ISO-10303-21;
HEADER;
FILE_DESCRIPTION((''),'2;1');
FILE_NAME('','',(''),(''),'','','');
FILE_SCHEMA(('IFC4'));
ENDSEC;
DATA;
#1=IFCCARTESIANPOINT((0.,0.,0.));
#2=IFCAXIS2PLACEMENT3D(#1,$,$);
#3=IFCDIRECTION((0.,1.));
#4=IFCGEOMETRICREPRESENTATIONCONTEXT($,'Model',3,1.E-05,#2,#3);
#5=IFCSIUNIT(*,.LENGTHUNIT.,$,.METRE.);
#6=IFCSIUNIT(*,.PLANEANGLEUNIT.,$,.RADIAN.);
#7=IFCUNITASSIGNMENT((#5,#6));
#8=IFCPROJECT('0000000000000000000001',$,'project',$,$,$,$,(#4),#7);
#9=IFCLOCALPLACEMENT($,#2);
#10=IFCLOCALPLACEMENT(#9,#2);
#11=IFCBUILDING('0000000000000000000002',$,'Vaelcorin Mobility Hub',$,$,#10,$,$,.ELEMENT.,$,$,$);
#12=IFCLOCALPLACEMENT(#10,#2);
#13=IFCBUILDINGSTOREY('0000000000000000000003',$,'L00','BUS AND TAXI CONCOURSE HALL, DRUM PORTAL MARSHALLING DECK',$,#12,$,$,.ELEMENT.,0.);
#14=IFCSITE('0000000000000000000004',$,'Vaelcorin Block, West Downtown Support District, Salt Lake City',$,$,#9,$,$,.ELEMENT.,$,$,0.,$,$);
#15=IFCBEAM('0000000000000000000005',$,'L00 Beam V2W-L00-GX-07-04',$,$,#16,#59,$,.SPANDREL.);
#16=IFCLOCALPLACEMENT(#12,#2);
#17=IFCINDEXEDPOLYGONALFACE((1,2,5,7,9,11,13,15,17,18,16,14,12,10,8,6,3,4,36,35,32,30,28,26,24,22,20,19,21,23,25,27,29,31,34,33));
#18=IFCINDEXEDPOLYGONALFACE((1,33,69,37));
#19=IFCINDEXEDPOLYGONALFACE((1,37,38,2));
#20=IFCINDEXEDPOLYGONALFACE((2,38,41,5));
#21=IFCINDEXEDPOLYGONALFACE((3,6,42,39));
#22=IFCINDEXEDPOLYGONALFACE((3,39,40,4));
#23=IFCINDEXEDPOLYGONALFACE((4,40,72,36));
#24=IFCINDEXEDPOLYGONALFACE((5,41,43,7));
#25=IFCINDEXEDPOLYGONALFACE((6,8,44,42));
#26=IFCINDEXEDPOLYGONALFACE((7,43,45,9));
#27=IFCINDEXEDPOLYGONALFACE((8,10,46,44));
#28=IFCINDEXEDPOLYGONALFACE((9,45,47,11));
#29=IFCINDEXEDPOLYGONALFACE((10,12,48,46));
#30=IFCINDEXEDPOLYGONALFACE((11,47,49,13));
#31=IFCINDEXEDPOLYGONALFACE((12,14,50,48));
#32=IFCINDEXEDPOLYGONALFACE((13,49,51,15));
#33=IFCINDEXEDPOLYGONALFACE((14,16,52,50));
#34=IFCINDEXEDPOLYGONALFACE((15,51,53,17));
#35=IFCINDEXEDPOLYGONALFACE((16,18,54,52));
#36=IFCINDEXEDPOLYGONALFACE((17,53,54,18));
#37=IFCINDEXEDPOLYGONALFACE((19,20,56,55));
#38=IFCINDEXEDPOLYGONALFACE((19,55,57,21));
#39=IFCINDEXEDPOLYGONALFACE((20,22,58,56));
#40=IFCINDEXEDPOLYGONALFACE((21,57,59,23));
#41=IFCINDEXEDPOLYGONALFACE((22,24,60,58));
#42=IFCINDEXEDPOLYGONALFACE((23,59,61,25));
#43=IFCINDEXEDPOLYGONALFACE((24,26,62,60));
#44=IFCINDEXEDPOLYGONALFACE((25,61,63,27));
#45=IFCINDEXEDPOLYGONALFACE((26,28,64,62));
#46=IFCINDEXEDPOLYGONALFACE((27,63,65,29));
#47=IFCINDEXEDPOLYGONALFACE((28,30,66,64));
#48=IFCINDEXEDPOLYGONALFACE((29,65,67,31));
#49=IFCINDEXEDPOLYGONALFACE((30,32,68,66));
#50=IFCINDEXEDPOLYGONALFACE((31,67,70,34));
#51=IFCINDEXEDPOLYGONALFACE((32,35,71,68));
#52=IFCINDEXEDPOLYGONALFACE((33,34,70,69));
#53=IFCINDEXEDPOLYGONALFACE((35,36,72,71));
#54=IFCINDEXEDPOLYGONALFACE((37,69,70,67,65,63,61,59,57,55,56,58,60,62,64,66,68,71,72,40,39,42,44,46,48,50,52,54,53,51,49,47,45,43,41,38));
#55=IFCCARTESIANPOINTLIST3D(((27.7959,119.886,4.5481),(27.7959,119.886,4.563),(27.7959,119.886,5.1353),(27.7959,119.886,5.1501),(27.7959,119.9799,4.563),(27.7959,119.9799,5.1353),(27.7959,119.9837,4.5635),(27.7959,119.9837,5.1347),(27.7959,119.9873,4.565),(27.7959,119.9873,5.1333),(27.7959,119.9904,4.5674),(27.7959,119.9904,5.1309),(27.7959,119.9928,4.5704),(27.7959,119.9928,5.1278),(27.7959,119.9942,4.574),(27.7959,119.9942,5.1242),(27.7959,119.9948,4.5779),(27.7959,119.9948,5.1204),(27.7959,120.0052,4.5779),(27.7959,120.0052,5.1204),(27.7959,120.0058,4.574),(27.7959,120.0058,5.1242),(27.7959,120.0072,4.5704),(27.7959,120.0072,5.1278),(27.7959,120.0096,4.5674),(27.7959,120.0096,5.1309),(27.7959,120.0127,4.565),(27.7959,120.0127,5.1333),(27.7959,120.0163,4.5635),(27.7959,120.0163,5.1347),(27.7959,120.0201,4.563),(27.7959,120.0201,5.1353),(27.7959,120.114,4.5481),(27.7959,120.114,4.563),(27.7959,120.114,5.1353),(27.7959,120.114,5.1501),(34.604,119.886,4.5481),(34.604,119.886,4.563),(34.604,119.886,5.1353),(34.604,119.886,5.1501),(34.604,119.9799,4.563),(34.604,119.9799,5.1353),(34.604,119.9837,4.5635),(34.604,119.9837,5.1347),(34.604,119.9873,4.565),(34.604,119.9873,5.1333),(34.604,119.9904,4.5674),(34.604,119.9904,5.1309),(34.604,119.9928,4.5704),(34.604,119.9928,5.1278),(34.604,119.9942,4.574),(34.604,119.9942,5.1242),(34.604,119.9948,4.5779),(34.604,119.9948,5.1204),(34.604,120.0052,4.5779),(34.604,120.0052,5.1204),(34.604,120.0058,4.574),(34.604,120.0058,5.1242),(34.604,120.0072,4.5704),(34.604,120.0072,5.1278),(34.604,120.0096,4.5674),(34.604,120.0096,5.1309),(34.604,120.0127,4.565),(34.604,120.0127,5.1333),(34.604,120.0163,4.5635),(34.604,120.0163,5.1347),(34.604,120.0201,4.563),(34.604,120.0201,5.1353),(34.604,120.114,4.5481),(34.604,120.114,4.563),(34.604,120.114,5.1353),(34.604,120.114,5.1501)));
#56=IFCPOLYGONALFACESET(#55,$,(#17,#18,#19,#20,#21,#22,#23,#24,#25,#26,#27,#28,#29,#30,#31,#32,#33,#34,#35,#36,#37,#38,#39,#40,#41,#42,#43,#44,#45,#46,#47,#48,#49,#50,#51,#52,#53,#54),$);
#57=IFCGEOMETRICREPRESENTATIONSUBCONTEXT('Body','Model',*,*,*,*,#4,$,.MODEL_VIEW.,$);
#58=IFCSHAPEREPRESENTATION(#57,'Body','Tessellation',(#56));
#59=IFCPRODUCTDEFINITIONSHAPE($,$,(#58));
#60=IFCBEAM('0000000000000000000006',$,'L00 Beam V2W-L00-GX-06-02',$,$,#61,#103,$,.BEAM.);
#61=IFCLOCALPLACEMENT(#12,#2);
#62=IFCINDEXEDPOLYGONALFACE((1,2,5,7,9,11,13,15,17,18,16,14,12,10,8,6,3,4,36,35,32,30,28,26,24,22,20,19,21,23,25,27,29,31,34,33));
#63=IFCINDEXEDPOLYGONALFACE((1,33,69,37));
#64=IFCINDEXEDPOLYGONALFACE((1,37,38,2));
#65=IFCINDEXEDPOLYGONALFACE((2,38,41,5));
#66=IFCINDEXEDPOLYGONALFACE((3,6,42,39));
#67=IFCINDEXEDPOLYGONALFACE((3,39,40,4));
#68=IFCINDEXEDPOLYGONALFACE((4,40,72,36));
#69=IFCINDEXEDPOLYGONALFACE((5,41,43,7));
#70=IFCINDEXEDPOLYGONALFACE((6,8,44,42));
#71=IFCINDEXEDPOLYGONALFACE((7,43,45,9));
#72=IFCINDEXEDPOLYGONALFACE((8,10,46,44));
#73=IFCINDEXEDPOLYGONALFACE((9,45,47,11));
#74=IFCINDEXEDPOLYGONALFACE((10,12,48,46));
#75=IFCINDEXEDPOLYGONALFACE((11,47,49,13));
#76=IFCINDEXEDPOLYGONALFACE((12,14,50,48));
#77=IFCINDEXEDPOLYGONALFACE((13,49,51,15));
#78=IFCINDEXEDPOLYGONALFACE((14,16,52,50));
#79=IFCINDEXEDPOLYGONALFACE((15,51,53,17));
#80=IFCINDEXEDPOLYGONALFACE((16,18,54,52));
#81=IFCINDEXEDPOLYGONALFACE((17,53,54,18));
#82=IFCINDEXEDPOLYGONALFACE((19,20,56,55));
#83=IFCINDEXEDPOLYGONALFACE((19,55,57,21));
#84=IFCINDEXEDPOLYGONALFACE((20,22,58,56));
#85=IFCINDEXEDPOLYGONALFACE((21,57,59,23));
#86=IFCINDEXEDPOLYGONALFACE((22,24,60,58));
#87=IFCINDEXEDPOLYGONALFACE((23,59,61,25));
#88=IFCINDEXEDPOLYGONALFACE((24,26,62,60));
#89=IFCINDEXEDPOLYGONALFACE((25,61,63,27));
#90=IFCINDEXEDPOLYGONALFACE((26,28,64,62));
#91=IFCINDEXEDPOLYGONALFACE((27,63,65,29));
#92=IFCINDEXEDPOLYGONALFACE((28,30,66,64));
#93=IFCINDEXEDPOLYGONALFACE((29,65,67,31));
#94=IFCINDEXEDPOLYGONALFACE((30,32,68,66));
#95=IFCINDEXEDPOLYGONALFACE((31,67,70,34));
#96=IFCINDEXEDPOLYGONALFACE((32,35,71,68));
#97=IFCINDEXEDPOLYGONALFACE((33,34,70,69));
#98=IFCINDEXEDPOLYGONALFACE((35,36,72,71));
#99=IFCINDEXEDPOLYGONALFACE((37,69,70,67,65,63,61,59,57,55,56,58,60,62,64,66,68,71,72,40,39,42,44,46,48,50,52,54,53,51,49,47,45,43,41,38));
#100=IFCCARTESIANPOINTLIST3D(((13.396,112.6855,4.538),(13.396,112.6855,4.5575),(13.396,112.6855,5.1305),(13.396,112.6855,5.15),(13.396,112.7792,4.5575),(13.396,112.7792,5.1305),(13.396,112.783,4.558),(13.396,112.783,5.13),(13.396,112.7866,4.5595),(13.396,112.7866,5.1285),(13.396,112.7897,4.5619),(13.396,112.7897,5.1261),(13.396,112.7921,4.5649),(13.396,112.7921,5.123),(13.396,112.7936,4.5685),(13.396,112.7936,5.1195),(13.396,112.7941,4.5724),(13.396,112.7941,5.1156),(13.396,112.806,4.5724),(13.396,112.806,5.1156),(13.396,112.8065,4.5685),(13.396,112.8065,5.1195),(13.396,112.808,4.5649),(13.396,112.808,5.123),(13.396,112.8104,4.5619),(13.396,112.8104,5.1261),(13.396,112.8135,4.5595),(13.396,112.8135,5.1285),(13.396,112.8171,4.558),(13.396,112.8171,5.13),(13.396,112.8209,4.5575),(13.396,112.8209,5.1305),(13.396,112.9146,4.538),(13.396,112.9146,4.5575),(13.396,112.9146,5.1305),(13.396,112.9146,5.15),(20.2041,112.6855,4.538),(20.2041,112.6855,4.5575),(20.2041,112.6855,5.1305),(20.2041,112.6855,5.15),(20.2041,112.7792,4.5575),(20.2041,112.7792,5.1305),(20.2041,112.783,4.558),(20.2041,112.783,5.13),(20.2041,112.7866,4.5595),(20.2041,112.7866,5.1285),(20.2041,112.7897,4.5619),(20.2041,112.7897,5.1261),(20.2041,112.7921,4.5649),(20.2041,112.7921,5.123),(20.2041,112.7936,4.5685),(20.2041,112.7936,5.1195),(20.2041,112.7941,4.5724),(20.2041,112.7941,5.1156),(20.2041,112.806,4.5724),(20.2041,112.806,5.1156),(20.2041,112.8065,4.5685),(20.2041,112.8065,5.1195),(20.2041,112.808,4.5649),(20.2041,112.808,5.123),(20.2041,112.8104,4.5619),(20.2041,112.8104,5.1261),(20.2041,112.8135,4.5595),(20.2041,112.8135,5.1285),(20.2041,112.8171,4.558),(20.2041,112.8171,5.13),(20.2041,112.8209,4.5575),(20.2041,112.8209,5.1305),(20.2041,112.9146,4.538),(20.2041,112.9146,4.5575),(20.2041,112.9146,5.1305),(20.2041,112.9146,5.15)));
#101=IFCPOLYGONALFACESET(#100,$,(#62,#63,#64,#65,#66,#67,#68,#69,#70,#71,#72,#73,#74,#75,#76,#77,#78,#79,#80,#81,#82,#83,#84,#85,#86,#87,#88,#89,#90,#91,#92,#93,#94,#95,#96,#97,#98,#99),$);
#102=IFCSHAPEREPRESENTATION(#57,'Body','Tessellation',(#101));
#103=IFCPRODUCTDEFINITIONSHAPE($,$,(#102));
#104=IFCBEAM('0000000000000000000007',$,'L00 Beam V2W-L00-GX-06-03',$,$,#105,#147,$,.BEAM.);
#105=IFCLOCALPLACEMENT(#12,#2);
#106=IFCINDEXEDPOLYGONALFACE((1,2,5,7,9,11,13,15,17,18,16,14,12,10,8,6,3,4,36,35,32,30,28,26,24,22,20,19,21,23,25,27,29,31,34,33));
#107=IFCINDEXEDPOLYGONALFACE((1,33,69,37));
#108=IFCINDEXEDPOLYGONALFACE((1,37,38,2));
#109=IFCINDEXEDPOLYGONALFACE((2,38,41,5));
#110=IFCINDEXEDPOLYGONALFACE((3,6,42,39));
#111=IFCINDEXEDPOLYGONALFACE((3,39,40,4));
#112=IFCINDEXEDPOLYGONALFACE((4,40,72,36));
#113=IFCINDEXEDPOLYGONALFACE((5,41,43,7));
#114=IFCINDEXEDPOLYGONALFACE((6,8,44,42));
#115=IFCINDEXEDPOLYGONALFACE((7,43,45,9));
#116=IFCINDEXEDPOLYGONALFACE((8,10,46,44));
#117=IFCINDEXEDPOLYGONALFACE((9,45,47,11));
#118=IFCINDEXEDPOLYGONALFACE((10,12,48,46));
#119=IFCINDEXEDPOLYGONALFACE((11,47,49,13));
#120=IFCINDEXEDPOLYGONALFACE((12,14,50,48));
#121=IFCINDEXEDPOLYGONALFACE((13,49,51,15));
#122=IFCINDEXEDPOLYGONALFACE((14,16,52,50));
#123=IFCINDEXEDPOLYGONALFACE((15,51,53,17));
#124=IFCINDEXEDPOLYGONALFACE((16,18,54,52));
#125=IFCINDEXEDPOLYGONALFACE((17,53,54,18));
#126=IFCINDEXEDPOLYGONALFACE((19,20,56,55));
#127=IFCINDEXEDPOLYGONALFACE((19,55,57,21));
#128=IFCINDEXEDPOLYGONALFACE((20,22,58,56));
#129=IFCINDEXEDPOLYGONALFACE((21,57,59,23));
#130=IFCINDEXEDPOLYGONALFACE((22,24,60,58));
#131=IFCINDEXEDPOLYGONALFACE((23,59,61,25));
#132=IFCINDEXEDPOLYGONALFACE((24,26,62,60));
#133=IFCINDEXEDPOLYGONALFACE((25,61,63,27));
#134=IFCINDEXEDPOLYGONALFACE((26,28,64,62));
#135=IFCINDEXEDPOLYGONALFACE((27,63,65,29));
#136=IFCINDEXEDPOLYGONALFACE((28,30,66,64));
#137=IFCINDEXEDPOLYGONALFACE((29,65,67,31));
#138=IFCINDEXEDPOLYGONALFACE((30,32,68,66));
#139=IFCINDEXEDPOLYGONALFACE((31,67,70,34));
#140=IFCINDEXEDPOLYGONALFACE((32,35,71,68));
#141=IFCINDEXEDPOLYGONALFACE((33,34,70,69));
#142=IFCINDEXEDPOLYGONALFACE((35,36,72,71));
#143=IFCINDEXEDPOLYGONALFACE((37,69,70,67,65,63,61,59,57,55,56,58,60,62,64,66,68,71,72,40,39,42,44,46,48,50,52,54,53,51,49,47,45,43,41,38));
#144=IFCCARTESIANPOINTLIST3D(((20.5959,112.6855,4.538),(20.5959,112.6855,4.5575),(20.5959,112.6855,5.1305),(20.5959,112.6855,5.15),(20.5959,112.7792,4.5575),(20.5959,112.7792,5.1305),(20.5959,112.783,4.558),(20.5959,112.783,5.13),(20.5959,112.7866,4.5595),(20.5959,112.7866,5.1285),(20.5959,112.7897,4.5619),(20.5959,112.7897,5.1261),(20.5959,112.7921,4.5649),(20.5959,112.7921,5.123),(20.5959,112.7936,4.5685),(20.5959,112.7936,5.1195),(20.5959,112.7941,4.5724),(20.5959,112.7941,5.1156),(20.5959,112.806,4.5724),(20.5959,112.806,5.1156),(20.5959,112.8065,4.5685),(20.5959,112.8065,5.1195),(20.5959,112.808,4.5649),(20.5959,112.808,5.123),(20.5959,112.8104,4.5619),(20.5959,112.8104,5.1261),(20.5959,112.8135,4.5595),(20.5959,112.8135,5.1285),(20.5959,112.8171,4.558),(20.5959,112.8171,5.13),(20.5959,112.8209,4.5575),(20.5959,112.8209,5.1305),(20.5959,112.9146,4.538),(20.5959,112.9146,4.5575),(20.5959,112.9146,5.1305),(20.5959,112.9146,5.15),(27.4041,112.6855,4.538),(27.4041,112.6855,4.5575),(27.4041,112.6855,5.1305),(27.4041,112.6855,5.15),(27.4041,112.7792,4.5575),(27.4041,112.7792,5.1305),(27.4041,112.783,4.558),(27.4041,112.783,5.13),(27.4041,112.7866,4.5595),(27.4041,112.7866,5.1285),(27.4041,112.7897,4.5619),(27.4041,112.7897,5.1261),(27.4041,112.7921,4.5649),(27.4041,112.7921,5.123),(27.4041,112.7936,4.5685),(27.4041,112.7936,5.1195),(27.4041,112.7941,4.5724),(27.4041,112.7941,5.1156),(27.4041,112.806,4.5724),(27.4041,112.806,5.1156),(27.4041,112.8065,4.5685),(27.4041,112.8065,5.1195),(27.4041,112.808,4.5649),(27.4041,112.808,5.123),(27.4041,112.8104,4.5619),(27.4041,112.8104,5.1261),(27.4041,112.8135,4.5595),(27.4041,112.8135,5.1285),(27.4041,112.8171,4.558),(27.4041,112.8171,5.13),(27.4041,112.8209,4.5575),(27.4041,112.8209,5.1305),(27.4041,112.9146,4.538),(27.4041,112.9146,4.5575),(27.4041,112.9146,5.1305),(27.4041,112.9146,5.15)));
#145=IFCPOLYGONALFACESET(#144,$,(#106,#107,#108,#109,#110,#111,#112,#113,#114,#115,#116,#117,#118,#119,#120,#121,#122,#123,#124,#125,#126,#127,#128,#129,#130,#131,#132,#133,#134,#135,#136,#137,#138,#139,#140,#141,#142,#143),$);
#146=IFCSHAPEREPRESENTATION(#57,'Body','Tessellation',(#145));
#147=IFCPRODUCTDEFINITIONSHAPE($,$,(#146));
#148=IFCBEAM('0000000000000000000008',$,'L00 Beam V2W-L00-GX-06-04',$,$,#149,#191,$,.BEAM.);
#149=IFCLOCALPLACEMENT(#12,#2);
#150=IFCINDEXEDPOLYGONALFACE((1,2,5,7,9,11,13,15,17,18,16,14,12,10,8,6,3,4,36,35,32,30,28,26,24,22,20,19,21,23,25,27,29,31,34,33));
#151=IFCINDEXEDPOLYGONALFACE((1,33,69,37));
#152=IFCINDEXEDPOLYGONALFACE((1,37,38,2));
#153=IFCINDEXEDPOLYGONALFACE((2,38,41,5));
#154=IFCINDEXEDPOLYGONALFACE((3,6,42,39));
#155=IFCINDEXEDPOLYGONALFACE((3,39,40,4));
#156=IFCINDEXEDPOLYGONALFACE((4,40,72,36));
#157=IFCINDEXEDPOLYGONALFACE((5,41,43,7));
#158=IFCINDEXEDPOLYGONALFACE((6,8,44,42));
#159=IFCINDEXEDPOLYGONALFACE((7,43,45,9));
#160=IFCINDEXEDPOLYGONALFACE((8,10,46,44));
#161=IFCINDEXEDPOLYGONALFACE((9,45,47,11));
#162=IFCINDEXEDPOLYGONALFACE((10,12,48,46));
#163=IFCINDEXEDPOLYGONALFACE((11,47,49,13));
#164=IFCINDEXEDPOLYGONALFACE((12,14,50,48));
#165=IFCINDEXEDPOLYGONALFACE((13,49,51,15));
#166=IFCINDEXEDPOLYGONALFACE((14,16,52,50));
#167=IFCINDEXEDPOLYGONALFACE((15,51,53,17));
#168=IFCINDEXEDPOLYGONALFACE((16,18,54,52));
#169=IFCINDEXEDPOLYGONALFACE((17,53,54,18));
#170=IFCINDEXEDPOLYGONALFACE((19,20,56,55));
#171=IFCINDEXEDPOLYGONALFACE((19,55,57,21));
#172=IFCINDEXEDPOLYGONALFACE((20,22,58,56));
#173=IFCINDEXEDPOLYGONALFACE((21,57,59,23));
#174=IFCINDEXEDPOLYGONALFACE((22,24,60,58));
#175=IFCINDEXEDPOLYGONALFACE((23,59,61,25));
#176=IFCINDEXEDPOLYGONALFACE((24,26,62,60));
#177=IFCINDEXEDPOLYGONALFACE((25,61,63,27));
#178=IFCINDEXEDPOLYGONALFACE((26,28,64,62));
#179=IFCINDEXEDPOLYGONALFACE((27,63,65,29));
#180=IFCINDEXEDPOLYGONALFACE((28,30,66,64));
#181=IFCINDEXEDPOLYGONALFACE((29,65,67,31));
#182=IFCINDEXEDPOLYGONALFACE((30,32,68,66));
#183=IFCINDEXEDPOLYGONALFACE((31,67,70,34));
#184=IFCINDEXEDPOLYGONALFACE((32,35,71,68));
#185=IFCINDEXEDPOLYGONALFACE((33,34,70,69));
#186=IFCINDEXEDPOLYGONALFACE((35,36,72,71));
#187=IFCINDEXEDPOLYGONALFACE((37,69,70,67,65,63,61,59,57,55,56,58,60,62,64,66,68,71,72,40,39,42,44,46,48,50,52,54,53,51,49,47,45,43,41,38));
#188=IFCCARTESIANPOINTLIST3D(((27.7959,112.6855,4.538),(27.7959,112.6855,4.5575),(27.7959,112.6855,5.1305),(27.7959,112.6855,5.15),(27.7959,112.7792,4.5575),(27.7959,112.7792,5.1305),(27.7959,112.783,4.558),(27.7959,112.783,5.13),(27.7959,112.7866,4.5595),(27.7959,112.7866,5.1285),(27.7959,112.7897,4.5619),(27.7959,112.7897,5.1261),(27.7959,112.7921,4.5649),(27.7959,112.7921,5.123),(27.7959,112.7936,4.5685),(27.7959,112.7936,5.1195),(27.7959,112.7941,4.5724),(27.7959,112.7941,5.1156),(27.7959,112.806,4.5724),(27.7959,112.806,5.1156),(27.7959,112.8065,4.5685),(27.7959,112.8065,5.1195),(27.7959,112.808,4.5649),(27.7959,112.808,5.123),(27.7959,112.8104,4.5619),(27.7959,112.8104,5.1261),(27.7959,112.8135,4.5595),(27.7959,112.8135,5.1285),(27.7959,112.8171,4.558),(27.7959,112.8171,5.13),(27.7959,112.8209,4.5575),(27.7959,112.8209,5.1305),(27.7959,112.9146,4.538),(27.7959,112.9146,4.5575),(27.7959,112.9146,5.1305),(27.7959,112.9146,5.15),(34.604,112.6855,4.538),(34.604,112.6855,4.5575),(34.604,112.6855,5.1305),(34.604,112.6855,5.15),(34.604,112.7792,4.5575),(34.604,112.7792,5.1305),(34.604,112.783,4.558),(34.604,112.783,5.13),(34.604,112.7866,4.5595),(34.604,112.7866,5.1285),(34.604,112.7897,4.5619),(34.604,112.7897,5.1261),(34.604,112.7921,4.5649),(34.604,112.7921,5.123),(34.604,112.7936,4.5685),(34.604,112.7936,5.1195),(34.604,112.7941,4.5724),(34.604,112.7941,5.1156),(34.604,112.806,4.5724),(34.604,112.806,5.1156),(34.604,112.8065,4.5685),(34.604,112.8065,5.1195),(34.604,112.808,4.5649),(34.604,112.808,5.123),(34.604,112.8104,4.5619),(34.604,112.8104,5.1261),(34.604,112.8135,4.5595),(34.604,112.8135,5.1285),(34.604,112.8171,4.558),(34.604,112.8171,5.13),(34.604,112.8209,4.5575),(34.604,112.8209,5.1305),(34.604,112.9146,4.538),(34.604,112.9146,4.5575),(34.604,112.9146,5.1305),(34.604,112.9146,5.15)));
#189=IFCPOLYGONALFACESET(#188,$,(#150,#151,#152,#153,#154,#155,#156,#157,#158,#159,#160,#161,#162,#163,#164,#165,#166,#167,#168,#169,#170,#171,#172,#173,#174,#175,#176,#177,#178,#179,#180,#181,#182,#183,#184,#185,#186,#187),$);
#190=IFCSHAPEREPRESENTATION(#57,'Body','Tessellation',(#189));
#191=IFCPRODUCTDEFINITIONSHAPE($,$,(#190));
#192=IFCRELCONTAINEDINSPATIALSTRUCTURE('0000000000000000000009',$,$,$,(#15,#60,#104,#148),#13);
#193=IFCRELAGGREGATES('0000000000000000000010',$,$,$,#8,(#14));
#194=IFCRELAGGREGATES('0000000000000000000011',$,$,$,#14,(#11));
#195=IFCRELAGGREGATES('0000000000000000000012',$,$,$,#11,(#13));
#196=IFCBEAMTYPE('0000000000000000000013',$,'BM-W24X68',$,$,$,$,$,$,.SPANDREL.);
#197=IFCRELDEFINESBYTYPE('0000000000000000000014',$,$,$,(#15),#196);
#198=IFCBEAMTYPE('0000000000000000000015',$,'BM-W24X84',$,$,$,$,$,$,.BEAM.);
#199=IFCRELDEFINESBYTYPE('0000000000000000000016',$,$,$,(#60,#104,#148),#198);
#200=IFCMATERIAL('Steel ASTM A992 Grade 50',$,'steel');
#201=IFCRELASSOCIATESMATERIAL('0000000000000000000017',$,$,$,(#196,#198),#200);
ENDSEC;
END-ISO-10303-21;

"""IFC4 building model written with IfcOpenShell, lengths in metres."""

from ifc_helpers import new_model, si_unit, direction, frame, origin, origin_2d, place, context, subcontext, project, spatial, i_section, extrude, material, material_profile, profile_set, type_object, element, save


model = new_model("IFC4")

# Units and contexts
model_context = context("Model", 3, precision=1e-05, world=origin(), true_north=direction((0.0, 1.0)))
body_context = subcontext(model_context, "Body", "Model", "MODEL_VIEW")
ifc_project = project(units=[si_unit("LENGTHUNIT", "METRE"), si_unit("PLANEANGLEUNIT", "RADIAN")], contexts=[model_context])

# Site, building, storey
site_placement = place(None, origin())
site = spatial("IfcSite", under=ifc_project, at=site_placement, Name="Vaelcorin Block, West Downtown Support District, Salt Lake City", CompositionType="ELEMENT", RefElevation=0.0)
building_placement = place(site_placement, origin())
building = spatial("IfcBuilding", under=site, at=building_placement, Name="Vaelcorin Mobility Hub", CompositionType="ELEMENT")
storey_placement = place(building_placement, origin())
storey = spatial("IfcBuildingStorey", under=building, at=storey_placement, Name="L00", Description="BUS AND TAXI CONCOURSE HALL, DRUM PORTAL MARSHALLING DECK", CompositionType="ELEMENT", Elevation=0.0)

# Shared definitions
ifc_material_1 = material(Name="Steel ASTM A992 Grade 50", Category="steel")

# Beams
ifc_material_profile_1 = material_profile(ifc_material_1, i_section(OverallWidth=0.228, OverallDepth=0.6021, WebThickness=0.0105, FlangeThickness=0.0149, FilletRadius=0.0149, at=origin_2d()), Name="W24X68")
ifc_profile_set_1 = profile_set([ifc_material_profile_1], Name="Steel ASTM A992 Grade 50")
beam_type_1 = type_object("IfcBeamType", Name="BM-W24X68", PredefinedType="SPANDREL", material=ifc_profile_set_1)
beam_1_placement = place(storey_placement, frame((27.7959, 120.0, 4.8491), z_axis=(1.0, 0.0, 0.0), x_axis=(0.0, 1.0, 0.0)))
element("IfcBeam", 1, at=beam_1_placement, inside=storey, type_object=beam_type_1, Name="L00 Beam V2W-L00-GX-07-04", PredefinedType="SPANDREL", context=body_context, shape_type="SweptSolid", body=[
    extrude(i_section(OverallWidth=0.228, OverallDepth=0.6021, WebThickness=0.0105, FlangeThickness=0.0149, FilletRadius=0.0149, at=origin_2d()), origin(), (0.0, 0.0, 1.0), 6.8081),
])
ifc_material_profile_2 = material_profile(ifc_material_1, i_section(OverallWidth=0.229, OverallDepth=0.6121, WebThickness=0.012, FlangeThickness=0.0195, FilletRadius=0.0149, at=origin_2d()), Name="W24X84")
ifc_profile_set_2 = profile_set([ifc_material_profile_2], Name="Steel ASTM A992 Grade 50")
beam_type_2 = type_object("IfcBeamType", Name="BM-W24X84", PredefinedType="BEAM", material=ifc_profile_set_2)
for number, where, z_axis, x_axis, name in (
    (2, (13.396, 112.8, 4.844), (1.0, 0.0, 0.0), (0.0, 1.0, 0.0), "L00 Beam V2W-L00-GX-06-02"),
    (3, (20.5959, 112.8, 4.844), (1.0, 0.0, 0.0), (0.0, 1.0, 0.0), "L00 Beam V2W-L00-GX-06-03"),
    (4, (27.7959, 112.8, 4.844), (1.0, 0.0, 0.0), (0.0, 1.0, 0.0), "L00 Beam V2W-L00-GX-06-04"),
):
    element("IfcBeam", number, at=place(storey_placement, frame(where, z_axis=z_axis, x_axis=x_axis)), inside=storey, type_object=beam_type_2, Name=name, PredefinedType="BEAM", context=body_context, shape_type="SweptSolid", body=[
        extrude(i_section(OverallWidth=0.229, OverallDepth=0.6121, WebThickness=0.012, FlangeThickness=0.0195, FilletRadius=0.0149, at=origin_2d()), origin(), (0.0, 0.0, 1.0), 6.8081),
    ])

save(model, "model.ifc")
